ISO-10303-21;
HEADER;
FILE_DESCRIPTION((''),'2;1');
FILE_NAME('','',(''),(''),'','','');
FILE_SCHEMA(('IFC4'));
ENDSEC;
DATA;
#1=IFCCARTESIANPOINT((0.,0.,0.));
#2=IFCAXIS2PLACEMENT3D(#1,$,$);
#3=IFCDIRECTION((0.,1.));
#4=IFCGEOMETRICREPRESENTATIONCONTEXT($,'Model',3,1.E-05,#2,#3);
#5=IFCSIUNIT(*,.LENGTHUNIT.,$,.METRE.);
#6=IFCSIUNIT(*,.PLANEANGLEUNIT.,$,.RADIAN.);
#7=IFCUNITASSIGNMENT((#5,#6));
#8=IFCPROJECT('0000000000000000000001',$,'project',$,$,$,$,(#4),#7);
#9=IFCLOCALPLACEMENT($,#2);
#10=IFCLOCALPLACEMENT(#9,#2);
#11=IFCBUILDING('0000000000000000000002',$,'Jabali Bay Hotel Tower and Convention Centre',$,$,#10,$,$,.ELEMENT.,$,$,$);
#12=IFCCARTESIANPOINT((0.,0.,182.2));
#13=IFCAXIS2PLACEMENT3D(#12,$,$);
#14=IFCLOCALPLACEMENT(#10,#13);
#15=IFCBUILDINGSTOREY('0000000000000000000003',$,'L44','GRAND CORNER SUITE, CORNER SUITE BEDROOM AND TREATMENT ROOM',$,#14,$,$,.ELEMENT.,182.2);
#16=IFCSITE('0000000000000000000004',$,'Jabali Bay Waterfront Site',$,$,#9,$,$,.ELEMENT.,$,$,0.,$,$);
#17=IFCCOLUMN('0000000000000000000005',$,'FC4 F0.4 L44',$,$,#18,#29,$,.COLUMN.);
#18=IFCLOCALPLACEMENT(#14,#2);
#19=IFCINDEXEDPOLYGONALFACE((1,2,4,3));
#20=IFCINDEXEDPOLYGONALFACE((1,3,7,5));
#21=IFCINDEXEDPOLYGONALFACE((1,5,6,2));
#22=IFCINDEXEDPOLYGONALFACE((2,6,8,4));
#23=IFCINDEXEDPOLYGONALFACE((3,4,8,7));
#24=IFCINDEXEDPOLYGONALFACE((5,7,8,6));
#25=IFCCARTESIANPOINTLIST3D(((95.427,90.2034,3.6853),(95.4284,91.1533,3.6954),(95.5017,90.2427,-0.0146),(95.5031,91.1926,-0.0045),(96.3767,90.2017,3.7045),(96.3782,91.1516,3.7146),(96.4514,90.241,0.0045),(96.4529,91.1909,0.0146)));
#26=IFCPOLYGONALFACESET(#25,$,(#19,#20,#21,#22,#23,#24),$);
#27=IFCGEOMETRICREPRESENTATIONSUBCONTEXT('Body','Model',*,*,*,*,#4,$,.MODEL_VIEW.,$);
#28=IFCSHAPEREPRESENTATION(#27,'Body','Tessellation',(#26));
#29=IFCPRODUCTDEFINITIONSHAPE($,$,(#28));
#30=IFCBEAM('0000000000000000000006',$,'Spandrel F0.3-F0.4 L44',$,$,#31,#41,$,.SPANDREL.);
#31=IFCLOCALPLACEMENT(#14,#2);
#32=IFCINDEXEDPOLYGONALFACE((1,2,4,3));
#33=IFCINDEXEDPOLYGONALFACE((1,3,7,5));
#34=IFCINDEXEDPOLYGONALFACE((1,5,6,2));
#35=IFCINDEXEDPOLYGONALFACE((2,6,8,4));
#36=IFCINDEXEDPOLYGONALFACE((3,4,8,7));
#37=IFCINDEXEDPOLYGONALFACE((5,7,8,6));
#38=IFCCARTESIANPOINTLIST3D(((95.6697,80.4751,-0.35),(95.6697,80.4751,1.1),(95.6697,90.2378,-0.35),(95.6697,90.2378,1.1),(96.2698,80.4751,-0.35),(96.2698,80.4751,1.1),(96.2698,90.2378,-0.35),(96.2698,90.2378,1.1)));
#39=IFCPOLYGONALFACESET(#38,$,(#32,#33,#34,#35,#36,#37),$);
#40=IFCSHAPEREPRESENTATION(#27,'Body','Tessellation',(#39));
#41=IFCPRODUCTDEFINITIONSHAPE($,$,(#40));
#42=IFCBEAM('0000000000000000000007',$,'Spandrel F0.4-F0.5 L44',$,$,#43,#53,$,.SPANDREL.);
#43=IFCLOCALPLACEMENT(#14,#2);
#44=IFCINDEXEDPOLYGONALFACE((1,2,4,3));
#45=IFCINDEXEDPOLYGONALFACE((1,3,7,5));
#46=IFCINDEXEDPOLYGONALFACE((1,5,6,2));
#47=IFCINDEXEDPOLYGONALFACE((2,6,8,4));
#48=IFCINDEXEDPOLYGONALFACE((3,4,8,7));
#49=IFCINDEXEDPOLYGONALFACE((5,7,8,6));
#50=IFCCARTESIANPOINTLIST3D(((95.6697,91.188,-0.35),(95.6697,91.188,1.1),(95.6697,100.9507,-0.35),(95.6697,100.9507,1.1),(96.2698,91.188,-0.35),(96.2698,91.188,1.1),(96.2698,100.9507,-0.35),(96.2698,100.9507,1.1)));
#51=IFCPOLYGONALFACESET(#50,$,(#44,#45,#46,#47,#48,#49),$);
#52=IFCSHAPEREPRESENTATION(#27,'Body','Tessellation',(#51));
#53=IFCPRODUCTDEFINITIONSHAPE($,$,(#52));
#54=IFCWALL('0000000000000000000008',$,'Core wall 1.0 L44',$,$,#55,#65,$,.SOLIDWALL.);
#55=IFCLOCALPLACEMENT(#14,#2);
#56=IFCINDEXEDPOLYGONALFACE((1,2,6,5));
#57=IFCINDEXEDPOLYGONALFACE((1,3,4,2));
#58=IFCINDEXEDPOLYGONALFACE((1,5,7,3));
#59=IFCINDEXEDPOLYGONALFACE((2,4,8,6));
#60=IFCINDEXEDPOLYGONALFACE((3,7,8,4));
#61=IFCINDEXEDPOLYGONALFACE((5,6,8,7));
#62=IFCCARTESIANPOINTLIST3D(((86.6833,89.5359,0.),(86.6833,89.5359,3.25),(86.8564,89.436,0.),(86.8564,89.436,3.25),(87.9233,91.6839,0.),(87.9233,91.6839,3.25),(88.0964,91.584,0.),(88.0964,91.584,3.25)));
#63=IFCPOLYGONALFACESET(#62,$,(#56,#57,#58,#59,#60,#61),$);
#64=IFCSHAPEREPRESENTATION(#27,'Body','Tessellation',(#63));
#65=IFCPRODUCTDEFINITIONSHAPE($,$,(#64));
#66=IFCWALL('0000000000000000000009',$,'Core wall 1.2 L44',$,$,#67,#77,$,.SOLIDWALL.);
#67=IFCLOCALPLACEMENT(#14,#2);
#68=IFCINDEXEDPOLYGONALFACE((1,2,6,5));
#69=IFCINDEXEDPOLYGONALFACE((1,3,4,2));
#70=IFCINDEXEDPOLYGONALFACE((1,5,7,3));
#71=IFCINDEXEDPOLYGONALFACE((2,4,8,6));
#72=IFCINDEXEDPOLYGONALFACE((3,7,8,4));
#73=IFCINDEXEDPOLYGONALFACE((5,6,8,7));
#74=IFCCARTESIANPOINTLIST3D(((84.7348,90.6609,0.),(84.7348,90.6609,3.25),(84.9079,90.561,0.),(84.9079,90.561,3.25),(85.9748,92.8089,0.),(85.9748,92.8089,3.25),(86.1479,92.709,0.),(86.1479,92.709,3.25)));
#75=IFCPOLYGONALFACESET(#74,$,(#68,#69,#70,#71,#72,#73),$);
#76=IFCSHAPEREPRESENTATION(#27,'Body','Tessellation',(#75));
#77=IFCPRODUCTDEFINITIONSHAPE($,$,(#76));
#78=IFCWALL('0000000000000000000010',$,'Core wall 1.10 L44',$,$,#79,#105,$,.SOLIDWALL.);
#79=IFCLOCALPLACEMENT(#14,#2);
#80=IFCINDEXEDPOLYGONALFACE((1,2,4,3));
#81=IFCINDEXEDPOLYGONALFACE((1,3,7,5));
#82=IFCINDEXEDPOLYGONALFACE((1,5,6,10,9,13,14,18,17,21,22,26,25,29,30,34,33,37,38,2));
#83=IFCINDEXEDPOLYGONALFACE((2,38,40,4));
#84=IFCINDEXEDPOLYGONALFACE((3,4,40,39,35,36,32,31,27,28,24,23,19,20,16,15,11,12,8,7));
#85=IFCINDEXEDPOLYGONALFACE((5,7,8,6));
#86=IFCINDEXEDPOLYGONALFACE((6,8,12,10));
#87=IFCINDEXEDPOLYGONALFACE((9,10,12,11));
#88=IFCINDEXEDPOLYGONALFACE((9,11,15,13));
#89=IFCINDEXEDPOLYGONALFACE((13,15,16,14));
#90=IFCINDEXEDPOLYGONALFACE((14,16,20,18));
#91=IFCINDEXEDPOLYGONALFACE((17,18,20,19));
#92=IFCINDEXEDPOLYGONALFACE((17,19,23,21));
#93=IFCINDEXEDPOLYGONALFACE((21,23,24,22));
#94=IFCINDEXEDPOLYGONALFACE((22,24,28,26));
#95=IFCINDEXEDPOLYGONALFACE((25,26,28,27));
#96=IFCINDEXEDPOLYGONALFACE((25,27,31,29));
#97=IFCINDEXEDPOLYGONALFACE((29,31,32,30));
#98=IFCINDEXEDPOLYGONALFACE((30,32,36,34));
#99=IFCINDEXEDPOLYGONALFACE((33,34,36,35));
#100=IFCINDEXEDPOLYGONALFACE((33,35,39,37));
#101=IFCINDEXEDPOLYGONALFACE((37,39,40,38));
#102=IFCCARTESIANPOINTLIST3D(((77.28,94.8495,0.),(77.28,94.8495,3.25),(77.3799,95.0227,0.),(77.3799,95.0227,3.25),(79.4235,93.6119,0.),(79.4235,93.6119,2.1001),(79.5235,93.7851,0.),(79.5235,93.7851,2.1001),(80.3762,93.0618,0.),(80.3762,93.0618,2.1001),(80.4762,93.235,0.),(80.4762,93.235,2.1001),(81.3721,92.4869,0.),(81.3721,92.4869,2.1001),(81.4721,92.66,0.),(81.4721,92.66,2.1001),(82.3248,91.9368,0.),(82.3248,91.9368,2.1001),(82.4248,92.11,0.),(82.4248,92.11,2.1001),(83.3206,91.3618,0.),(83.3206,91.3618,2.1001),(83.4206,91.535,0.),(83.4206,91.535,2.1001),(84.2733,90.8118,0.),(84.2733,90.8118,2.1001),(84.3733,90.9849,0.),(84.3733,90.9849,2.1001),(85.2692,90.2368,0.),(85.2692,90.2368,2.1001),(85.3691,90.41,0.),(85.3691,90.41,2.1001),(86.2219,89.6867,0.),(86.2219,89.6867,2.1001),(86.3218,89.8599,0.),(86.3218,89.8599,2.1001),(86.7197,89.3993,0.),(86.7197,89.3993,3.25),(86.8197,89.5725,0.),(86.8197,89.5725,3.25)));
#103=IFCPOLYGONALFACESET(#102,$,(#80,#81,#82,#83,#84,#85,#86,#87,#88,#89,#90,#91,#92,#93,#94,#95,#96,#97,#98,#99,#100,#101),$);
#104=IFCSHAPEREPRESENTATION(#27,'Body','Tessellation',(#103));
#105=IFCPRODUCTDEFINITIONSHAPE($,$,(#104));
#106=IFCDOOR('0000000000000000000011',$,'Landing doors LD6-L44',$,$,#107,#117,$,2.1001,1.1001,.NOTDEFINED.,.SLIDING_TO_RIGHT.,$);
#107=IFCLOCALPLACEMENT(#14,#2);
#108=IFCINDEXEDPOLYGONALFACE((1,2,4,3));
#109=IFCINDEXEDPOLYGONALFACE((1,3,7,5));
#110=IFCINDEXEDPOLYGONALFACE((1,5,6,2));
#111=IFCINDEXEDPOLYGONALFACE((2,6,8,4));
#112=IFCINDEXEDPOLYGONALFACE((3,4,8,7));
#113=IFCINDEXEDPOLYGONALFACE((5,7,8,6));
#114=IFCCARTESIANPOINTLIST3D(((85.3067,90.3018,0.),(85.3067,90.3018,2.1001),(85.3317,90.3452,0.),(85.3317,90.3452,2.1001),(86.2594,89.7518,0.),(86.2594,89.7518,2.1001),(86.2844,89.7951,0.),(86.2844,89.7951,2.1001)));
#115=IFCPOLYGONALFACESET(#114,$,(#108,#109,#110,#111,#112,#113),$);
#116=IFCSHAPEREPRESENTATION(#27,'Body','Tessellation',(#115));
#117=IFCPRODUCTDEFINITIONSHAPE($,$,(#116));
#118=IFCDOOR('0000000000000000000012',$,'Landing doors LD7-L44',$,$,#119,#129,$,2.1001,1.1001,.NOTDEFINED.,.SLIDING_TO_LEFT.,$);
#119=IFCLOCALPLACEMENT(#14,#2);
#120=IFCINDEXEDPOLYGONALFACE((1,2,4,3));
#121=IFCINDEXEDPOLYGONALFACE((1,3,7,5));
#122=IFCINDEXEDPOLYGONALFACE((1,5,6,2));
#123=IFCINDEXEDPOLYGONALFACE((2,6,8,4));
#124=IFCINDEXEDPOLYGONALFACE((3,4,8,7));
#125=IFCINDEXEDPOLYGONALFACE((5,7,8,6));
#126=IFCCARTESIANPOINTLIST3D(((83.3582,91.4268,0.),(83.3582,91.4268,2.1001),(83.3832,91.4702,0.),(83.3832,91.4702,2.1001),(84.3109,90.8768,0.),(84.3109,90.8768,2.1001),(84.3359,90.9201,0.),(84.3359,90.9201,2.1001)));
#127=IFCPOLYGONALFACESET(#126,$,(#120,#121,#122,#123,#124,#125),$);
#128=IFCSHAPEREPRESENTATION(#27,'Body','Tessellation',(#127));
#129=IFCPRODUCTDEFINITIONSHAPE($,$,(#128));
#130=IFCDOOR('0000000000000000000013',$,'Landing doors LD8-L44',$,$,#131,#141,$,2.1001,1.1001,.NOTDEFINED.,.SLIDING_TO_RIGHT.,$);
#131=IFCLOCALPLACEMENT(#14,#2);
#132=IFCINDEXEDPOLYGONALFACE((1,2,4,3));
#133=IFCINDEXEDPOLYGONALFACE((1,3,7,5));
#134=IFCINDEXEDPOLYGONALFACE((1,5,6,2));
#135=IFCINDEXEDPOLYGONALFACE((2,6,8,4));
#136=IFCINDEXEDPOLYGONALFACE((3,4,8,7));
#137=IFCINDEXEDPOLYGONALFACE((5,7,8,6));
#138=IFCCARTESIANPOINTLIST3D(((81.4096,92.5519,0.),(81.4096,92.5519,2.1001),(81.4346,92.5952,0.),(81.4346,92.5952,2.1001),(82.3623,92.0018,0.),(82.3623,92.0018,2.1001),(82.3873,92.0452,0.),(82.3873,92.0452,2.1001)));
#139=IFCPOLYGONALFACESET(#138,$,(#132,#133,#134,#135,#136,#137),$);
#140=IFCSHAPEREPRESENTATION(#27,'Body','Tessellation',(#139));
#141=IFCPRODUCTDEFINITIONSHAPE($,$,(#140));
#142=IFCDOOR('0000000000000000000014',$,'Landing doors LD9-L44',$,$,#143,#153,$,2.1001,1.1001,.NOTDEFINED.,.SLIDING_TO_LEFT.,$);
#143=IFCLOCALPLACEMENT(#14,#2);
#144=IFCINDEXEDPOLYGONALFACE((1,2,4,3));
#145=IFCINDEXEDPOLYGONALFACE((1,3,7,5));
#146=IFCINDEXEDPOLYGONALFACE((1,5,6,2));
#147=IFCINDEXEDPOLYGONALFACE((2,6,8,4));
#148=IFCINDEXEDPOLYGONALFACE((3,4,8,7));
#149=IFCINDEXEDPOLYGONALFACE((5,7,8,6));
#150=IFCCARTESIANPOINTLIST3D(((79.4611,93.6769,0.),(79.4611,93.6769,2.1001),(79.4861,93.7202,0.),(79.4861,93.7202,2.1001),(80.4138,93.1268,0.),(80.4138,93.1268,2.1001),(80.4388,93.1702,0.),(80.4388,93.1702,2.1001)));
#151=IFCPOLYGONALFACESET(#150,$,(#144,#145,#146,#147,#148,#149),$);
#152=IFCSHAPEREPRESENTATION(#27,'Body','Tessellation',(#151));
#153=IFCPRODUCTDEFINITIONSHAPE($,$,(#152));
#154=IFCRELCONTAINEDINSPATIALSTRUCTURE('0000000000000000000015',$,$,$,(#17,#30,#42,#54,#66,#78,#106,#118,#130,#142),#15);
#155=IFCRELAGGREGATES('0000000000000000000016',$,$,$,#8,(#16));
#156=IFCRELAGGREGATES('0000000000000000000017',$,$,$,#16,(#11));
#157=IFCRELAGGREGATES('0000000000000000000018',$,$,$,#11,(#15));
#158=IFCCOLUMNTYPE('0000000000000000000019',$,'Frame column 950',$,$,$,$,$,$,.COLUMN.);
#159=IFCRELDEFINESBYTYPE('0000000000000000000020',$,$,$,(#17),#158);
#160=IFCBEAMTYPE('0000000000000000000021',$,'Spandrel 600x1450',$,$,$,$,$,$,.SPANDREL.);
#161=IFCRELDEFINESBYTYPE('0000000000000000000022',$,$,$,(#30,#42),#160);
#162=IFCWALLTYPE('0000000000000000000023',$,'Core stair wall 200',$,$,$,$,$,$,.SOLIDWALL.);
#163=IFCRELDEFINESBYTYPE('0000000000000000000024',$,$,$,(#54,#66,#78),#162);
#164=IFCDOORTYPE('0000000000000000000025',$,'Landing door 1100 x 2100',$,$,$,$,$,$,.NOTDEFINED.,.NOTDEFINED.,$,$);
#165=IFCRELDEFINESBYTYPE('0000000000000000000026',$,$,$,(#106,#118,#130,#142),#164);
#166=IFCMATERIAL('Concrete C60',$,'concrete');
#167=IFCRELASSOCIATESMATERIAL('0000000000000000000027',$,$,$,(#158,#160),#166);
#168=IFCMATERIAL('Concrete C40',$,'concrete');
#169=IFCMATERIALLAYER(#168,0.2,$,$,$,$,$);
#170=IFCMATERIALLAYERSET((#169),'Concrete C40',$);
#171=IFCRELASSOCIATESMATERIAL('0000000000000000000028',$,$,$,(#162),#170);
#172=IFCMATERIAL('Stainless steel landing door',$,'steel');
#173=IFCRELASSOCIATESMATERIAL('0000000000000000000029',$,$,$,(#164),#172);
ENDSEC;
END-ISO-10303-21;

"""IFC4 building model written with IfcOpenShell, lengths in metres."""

from ifc_helpers import new_model, si_unit, direction, frame, frame_2d, origin, origin_2d, place, context, subcontext, project, spatial, rectangle, extrude, material, layer, layer_set, material_profile, profile_set, type_object, element, fill, save


model = new_model("IFC4")

# Units and contexts
model_context = context("Model", 3, precision=1e-05, world=origin(), true_north=direction((0.0, 1.0)))
body_context = subcontext(model_context, "Body", "Model", "MODEL_VIEW")
ifc_project = project(units=[si_unit("LENGTHUNIT", "METRE"), si_unit("PLANEANGLEUNIT", "RADIAN")], contexts=[model_context])

# Site, building, storey
site_placement = place(None, origin())
site = spatial("IfcSite", under=ifc_project, at=site_placement, Name="Jabali Bay Waterfront Site", CompositionType="ELEMENT", RefElevation=0.0)
building_placement = place(site_placement, origin())
building = spatial("IfcBuilding", under=site, at=building_placement, Name="Jabali Bay Hotel Tower and Convention Centre", CompositionType="ELEMENT")
storey_placement = place(building_placement, frame((0.0, 0.0, 182.2)))
storey = spatial("IfcBuildingStorey", under=building, at=storey_placement, Name="L44", Description="GRAND CORNER SUITE, CORNER SUITE BEDROOM AND TREATMENT ROOM", CompositionType="ELEMENT", Elevation=182.2)

# Column
ifc_material_1 = material(Name="Concrete C60", Category="concrete")
ifc_material_profile_1 = material_profile(ifc_material_1, rectangle(XDim=0.95, YDim=0.95, at=origin_2d()), Name="Frame column 950")
ifc_profile_set_1 = profile_set([ifc_material_profile_1], Name="Concrete C60")
column_type = type_object("IfcColumnType", Name="Frame column 950", PredefinedType="COLUMN", material=ifc_profile_set_1)
column_placement = place(storey_placement, frame((95.9773, 90.7168, 0.0), z_axis=(-0.020186, -0.010621, 0.99974), x_axis=(0.999795, -0.001758, 0.020169)))
element("IfcColumn", 1, at=column_placement, inside=storey, type_object=column_type, Name="FC4 F0.4 L44", PredefinedType="COLUMN", context=body_context, shape_type="SweptSolid", body=[
    extrude(rectangle(XDim=0.95, YDim=0.95, at=origin_2d()), origin(), (0.0, 0.0, 1.0), 3.7009),
])

# Beams
ifc_material_profile_2 = material_profile(ifc_material_1, rectangle(XDim=0.6001, YDim=1.45, at=origin_2d()), Name="Spandrel 600x1450")
ifc_profile_set_2 = profile_set([ifc_material_profile_2], Name="Concrete C60")
beam_type = type_object("IfcBeamType", Name="Spandrel 600x1450", PredefinedType="SPANDREL", material=ifc_profile_set_2)
for number, where, z_axis, x_axis, name in (
    (2, (95.9697, 80.4751, 0.375), (0.0, 1.0, 0.0), (-1.0, 0.0, 0.0), "Spandrel F0.3-F0.4 L44"),
    (3, (95.9697, 91.188, 0.375), (0.0, 1.0, 0.0), (-1.0, 0.0, 0.0), "Spandrel F0.4-F0.5 L44"),
):
    element("IfcBeam", number, at=place(storey_placement, frame(where, z_axis=z_axis, x_axis=x_axis)), inside=storey, type_object=beam_type, Name=name, PredefinedType="SPANDREL", context=body_context, shape_type="SweptSolid", body=[
        extrude(rectangle(XDim=0.6001, YDim=1.45, at=origin_2d()), origin(), (0.0, 0.0, 1.0), 9.7627),
    ])

# Walls
ifc_material_2 = material(Name="Concrete C40", Category="concrete")
ifc_layer_1 = layer(ifc_material_2, 0.2)
ifc_layer_set_1 = layer_set([ifc_layer_1], Name="Concrete C40")
wall_type_1 = type_object("IfcWallType", Name="Core stair wall 200", PredefinedType="SOLIDWALL", material=ifc_layer_set_1)
for number, where, z_axis, x_axis, name in (
    (4, (86.7698, 89.4858, 0.0), (0.0, 0.0, 1.0), (0.499961, 0.866048, 0.0), "Core wall 1.0 L44"),
    (5, (84.8213, 90.6108, 0.0), (0.0, 0.0, 1.0), (0.499961, 0.866048, 0.0), "Core wall 1.2 L44"),
):
    element("IfcWall", number, at=place(storey_placement, frame(where, z_axis=z_axis, x_axis=x_axis)), inside=storey, type_object=wall_type_1, Name=name, PredefinedType="SOLIDWALL", context=body_context, shape_type="SweptSolid", body=[
        extrude(rectangle(XDim=2.4802, YDim=0.2, at=frame_2d((1.2402, 0.0))), origin(), (0.0, 0.0, 1.0), 3.25),
    ])

# Wall, openings, doors
wall_1_placement = place(storey_placement, frame((86.7698, 89.4858, 0.0), z_axis=(0.0, 0.0, 1.0), x_axis=(-0.866018, 0.500013, 0.0)))
wall_1 = element("IfcWall", 6, at=wall_1_placement, inside=storey, type_object=wall_type_1, Name="Core wall 1.10 L44", PredefinedType="SOLIDWALL", context=body_context, shape_type="SweptSolid", body=[
    extrude(rectangle(XDim=10.9001, YDim=0.2, at=frame_2d((5.4502, 0.0))), origin(), (0.0, 0.0, 1.0), 3.25),
])
opening_1_placement = place(wall_1_placement, frame((0.575, 0.0, 0.0)))
opening_1 = element("IfcOpeningElement", 7, at=opening_1_placement, cuts=wall_1, PredefinedType="OPENING", context=body_context, shape_type="SweptSolid", body=[
    extrude(rectangle(XDim=1.1001, YDim=2.1001, at=frame_2d((0.55, 1.05))), frame((0.0, 0.1104, 0.0), z_axis=(0.0, -1.0, 0.0), x_axis=(1.0, 0.0, 0.0)), (0.0, 0.0, 1.0), 0.2209),
])
opening_2_placement = place(wall_1_placement, frame((2.825, 0.0, 0.0)))
opening_2 = element("IfcOpeningElement", 8, at=opening_2_placement, cuts=wall_1, PredefinedType="OPENING", context=body_context, shape_type="SweptSolid", body=[
    extrude(rectangle(XDim=1.1001, YDim=2.1001, at=frame_2d((0.55, 1.05))), frame((0.0, 0.1104, 0.0), z_axis=(0.0, -1.0, 0.0), x_axis=(1.0, 0.0, 0.0)), (0.0, 0.0, 1.0), 0.2209),
])
opening_3_placement = place(wall_1_placement, frame((5.075, 0.0, 0.0)))
opening_3 = element("IfcOpeningElement", 9, at=opening_3_placement, cuts=wall_1, PredefinedType="OPENING", context=body_context, shape_type="SweptSolid", body=[
    extrude(rectangle(XDim=1.1001, YDim=2.1001, at=frame_2d((0.55, 1.05))), frame((0.0, 0.1104, 0.0), z_axis=(0.0, -1.0, 0.0), x_axis=(1.0, 0.0, 0.0)), (0.0, 0.0, 1.0), 0.2209),
])
opening_4_placement = place(wall_1_placement, frame((7.325, 0.0, 0.0)))
opening_4 = element("IfcOpeningElement", 10, at=opening_4_placement, cuts=wall_1, PredefinedType="OPENING", context=body_context, shape_type="SweptSolid", body=[
    extrude(rectangle(XDim=1.1001, YDim=2.1001, at=frame_2d((0.55, 1.05))), frame((0.0, 0.1104, 0.0), z_axis=(0.0, -1.0, 0.0), x_axis=(1.0, 0.0, 0.0)), (0.0, 0.0, 1.0), 0.2209),
])
ifc_material_3 = material(Name="Stainless steel landing door", Category="steel")
door_type_1 = type_object("IfcDoorType", Name="Landing door 1100 x 2100", OperationType="NOTDEFINED", PredefinedType="NOTDEFINED", material=ifc_material_3)
door_1_placement = place(opening_1_placement, origin())
door_1 = element("IfcDoor", 11, at=door_1_placement, inside=storey, type_object=door_type_1, Name="Landing doors LD6-L44", OperationType="SLIDING_TO_RIGHT", OverallHeight=2.1001, OverallWidth=1.1001, PredefinedType="NOTDEFINED", context=body_context, shape_type="SweptSolid", body=[
    extrude(rectangle(XDim=1.1001, YDim=2.1001, at=frame_2d((0.55, 1.05))), frame((0.0, 0.0249, 0.0), z_axis=(0.0, -1.0, 0.0), x_axis=(1.0, 0.0, 0.0)), (0.0, 0.0, 1.0), 0.05),
])
fill(opening_1, door_1)
door_2_placement = place(opening_2_placement, origin())
door_2 = element("IfcDoor", 12, at=door_2_placement, inside=storey, type_object=door_type_1, Name="Landing doors LD7-L44", OperationType="SLIDING_TO_LEFT", OverallHeight=2.1001, OverallWidth=1.1001, PredefinedType="NOTDEFINED", context=body_context, shape_type="SweptSolid", body=[
    extrude(rectangle(XDim=1.1001, YDim=2.1001, at=frame_2d((0.55, 1.05))), frame((0.0, 0.0249, 0.0), z_axis=(0.0, -1.0, 0.0), x_axis=(1.0, 0.0, 0.0)), (0.0, 0.0, 1.0), 0.05),
])
fill(opening_2, door_2)
door_3_placement = place(opening_3_placement, origin())
door_3 = element("IfcDoor", 13, at=door_3_placement, inside=storey, type_object=door_type_1, Name="Landing doors LD8-L44", OperationType="SLIDING_TO_RIGHT", OverallHeight=2.1001, OverallWidth=1.1001, PredefinedType="NOTDEFINED", context=body_context, shape_type="SweptSolid", body=[
    extrude(rectangle(XDim=1.1001, YDim=2.1001, at=frame_2d((0.55, 1.05))), frame((0.0, 0.0249, 0.0), z_axis=(0.0, -1.0, 0.0), x_axis=(1.0, 0.0, 0.0)), (0.0, 0.0, 1.0), 0.05),
])
fill(opening_3, door_3)
door_4_placement = place(opening_4_placement, origin())
door_4 = element("IfcDoor", 14, at=door_4_placement, inside=storey, type_object=door_type_1, Name="Landing doors LD9-L44", OperationType="SLIDING_TO_LEFT", OverallHeight=2.1001, OverallWidth=1.1001, PredefinedType="NOTDEFINED", context=body_context, shape_type="SweptSolid", body=[
    extrude(rectangle(XDim=1.1001, YDim=2.1001, at=frame_2d((0.55, 1.05))), frame((0.0, 0.0249, 0.0), z_axis=(0.0, -1.0, 0.0), x_axis=(1.0, 0.0, 0.0)), (0.0, 0.0, 1.0), 0.05),
])
fill(opening_4, door_4)

save(model, "model.ifc")
